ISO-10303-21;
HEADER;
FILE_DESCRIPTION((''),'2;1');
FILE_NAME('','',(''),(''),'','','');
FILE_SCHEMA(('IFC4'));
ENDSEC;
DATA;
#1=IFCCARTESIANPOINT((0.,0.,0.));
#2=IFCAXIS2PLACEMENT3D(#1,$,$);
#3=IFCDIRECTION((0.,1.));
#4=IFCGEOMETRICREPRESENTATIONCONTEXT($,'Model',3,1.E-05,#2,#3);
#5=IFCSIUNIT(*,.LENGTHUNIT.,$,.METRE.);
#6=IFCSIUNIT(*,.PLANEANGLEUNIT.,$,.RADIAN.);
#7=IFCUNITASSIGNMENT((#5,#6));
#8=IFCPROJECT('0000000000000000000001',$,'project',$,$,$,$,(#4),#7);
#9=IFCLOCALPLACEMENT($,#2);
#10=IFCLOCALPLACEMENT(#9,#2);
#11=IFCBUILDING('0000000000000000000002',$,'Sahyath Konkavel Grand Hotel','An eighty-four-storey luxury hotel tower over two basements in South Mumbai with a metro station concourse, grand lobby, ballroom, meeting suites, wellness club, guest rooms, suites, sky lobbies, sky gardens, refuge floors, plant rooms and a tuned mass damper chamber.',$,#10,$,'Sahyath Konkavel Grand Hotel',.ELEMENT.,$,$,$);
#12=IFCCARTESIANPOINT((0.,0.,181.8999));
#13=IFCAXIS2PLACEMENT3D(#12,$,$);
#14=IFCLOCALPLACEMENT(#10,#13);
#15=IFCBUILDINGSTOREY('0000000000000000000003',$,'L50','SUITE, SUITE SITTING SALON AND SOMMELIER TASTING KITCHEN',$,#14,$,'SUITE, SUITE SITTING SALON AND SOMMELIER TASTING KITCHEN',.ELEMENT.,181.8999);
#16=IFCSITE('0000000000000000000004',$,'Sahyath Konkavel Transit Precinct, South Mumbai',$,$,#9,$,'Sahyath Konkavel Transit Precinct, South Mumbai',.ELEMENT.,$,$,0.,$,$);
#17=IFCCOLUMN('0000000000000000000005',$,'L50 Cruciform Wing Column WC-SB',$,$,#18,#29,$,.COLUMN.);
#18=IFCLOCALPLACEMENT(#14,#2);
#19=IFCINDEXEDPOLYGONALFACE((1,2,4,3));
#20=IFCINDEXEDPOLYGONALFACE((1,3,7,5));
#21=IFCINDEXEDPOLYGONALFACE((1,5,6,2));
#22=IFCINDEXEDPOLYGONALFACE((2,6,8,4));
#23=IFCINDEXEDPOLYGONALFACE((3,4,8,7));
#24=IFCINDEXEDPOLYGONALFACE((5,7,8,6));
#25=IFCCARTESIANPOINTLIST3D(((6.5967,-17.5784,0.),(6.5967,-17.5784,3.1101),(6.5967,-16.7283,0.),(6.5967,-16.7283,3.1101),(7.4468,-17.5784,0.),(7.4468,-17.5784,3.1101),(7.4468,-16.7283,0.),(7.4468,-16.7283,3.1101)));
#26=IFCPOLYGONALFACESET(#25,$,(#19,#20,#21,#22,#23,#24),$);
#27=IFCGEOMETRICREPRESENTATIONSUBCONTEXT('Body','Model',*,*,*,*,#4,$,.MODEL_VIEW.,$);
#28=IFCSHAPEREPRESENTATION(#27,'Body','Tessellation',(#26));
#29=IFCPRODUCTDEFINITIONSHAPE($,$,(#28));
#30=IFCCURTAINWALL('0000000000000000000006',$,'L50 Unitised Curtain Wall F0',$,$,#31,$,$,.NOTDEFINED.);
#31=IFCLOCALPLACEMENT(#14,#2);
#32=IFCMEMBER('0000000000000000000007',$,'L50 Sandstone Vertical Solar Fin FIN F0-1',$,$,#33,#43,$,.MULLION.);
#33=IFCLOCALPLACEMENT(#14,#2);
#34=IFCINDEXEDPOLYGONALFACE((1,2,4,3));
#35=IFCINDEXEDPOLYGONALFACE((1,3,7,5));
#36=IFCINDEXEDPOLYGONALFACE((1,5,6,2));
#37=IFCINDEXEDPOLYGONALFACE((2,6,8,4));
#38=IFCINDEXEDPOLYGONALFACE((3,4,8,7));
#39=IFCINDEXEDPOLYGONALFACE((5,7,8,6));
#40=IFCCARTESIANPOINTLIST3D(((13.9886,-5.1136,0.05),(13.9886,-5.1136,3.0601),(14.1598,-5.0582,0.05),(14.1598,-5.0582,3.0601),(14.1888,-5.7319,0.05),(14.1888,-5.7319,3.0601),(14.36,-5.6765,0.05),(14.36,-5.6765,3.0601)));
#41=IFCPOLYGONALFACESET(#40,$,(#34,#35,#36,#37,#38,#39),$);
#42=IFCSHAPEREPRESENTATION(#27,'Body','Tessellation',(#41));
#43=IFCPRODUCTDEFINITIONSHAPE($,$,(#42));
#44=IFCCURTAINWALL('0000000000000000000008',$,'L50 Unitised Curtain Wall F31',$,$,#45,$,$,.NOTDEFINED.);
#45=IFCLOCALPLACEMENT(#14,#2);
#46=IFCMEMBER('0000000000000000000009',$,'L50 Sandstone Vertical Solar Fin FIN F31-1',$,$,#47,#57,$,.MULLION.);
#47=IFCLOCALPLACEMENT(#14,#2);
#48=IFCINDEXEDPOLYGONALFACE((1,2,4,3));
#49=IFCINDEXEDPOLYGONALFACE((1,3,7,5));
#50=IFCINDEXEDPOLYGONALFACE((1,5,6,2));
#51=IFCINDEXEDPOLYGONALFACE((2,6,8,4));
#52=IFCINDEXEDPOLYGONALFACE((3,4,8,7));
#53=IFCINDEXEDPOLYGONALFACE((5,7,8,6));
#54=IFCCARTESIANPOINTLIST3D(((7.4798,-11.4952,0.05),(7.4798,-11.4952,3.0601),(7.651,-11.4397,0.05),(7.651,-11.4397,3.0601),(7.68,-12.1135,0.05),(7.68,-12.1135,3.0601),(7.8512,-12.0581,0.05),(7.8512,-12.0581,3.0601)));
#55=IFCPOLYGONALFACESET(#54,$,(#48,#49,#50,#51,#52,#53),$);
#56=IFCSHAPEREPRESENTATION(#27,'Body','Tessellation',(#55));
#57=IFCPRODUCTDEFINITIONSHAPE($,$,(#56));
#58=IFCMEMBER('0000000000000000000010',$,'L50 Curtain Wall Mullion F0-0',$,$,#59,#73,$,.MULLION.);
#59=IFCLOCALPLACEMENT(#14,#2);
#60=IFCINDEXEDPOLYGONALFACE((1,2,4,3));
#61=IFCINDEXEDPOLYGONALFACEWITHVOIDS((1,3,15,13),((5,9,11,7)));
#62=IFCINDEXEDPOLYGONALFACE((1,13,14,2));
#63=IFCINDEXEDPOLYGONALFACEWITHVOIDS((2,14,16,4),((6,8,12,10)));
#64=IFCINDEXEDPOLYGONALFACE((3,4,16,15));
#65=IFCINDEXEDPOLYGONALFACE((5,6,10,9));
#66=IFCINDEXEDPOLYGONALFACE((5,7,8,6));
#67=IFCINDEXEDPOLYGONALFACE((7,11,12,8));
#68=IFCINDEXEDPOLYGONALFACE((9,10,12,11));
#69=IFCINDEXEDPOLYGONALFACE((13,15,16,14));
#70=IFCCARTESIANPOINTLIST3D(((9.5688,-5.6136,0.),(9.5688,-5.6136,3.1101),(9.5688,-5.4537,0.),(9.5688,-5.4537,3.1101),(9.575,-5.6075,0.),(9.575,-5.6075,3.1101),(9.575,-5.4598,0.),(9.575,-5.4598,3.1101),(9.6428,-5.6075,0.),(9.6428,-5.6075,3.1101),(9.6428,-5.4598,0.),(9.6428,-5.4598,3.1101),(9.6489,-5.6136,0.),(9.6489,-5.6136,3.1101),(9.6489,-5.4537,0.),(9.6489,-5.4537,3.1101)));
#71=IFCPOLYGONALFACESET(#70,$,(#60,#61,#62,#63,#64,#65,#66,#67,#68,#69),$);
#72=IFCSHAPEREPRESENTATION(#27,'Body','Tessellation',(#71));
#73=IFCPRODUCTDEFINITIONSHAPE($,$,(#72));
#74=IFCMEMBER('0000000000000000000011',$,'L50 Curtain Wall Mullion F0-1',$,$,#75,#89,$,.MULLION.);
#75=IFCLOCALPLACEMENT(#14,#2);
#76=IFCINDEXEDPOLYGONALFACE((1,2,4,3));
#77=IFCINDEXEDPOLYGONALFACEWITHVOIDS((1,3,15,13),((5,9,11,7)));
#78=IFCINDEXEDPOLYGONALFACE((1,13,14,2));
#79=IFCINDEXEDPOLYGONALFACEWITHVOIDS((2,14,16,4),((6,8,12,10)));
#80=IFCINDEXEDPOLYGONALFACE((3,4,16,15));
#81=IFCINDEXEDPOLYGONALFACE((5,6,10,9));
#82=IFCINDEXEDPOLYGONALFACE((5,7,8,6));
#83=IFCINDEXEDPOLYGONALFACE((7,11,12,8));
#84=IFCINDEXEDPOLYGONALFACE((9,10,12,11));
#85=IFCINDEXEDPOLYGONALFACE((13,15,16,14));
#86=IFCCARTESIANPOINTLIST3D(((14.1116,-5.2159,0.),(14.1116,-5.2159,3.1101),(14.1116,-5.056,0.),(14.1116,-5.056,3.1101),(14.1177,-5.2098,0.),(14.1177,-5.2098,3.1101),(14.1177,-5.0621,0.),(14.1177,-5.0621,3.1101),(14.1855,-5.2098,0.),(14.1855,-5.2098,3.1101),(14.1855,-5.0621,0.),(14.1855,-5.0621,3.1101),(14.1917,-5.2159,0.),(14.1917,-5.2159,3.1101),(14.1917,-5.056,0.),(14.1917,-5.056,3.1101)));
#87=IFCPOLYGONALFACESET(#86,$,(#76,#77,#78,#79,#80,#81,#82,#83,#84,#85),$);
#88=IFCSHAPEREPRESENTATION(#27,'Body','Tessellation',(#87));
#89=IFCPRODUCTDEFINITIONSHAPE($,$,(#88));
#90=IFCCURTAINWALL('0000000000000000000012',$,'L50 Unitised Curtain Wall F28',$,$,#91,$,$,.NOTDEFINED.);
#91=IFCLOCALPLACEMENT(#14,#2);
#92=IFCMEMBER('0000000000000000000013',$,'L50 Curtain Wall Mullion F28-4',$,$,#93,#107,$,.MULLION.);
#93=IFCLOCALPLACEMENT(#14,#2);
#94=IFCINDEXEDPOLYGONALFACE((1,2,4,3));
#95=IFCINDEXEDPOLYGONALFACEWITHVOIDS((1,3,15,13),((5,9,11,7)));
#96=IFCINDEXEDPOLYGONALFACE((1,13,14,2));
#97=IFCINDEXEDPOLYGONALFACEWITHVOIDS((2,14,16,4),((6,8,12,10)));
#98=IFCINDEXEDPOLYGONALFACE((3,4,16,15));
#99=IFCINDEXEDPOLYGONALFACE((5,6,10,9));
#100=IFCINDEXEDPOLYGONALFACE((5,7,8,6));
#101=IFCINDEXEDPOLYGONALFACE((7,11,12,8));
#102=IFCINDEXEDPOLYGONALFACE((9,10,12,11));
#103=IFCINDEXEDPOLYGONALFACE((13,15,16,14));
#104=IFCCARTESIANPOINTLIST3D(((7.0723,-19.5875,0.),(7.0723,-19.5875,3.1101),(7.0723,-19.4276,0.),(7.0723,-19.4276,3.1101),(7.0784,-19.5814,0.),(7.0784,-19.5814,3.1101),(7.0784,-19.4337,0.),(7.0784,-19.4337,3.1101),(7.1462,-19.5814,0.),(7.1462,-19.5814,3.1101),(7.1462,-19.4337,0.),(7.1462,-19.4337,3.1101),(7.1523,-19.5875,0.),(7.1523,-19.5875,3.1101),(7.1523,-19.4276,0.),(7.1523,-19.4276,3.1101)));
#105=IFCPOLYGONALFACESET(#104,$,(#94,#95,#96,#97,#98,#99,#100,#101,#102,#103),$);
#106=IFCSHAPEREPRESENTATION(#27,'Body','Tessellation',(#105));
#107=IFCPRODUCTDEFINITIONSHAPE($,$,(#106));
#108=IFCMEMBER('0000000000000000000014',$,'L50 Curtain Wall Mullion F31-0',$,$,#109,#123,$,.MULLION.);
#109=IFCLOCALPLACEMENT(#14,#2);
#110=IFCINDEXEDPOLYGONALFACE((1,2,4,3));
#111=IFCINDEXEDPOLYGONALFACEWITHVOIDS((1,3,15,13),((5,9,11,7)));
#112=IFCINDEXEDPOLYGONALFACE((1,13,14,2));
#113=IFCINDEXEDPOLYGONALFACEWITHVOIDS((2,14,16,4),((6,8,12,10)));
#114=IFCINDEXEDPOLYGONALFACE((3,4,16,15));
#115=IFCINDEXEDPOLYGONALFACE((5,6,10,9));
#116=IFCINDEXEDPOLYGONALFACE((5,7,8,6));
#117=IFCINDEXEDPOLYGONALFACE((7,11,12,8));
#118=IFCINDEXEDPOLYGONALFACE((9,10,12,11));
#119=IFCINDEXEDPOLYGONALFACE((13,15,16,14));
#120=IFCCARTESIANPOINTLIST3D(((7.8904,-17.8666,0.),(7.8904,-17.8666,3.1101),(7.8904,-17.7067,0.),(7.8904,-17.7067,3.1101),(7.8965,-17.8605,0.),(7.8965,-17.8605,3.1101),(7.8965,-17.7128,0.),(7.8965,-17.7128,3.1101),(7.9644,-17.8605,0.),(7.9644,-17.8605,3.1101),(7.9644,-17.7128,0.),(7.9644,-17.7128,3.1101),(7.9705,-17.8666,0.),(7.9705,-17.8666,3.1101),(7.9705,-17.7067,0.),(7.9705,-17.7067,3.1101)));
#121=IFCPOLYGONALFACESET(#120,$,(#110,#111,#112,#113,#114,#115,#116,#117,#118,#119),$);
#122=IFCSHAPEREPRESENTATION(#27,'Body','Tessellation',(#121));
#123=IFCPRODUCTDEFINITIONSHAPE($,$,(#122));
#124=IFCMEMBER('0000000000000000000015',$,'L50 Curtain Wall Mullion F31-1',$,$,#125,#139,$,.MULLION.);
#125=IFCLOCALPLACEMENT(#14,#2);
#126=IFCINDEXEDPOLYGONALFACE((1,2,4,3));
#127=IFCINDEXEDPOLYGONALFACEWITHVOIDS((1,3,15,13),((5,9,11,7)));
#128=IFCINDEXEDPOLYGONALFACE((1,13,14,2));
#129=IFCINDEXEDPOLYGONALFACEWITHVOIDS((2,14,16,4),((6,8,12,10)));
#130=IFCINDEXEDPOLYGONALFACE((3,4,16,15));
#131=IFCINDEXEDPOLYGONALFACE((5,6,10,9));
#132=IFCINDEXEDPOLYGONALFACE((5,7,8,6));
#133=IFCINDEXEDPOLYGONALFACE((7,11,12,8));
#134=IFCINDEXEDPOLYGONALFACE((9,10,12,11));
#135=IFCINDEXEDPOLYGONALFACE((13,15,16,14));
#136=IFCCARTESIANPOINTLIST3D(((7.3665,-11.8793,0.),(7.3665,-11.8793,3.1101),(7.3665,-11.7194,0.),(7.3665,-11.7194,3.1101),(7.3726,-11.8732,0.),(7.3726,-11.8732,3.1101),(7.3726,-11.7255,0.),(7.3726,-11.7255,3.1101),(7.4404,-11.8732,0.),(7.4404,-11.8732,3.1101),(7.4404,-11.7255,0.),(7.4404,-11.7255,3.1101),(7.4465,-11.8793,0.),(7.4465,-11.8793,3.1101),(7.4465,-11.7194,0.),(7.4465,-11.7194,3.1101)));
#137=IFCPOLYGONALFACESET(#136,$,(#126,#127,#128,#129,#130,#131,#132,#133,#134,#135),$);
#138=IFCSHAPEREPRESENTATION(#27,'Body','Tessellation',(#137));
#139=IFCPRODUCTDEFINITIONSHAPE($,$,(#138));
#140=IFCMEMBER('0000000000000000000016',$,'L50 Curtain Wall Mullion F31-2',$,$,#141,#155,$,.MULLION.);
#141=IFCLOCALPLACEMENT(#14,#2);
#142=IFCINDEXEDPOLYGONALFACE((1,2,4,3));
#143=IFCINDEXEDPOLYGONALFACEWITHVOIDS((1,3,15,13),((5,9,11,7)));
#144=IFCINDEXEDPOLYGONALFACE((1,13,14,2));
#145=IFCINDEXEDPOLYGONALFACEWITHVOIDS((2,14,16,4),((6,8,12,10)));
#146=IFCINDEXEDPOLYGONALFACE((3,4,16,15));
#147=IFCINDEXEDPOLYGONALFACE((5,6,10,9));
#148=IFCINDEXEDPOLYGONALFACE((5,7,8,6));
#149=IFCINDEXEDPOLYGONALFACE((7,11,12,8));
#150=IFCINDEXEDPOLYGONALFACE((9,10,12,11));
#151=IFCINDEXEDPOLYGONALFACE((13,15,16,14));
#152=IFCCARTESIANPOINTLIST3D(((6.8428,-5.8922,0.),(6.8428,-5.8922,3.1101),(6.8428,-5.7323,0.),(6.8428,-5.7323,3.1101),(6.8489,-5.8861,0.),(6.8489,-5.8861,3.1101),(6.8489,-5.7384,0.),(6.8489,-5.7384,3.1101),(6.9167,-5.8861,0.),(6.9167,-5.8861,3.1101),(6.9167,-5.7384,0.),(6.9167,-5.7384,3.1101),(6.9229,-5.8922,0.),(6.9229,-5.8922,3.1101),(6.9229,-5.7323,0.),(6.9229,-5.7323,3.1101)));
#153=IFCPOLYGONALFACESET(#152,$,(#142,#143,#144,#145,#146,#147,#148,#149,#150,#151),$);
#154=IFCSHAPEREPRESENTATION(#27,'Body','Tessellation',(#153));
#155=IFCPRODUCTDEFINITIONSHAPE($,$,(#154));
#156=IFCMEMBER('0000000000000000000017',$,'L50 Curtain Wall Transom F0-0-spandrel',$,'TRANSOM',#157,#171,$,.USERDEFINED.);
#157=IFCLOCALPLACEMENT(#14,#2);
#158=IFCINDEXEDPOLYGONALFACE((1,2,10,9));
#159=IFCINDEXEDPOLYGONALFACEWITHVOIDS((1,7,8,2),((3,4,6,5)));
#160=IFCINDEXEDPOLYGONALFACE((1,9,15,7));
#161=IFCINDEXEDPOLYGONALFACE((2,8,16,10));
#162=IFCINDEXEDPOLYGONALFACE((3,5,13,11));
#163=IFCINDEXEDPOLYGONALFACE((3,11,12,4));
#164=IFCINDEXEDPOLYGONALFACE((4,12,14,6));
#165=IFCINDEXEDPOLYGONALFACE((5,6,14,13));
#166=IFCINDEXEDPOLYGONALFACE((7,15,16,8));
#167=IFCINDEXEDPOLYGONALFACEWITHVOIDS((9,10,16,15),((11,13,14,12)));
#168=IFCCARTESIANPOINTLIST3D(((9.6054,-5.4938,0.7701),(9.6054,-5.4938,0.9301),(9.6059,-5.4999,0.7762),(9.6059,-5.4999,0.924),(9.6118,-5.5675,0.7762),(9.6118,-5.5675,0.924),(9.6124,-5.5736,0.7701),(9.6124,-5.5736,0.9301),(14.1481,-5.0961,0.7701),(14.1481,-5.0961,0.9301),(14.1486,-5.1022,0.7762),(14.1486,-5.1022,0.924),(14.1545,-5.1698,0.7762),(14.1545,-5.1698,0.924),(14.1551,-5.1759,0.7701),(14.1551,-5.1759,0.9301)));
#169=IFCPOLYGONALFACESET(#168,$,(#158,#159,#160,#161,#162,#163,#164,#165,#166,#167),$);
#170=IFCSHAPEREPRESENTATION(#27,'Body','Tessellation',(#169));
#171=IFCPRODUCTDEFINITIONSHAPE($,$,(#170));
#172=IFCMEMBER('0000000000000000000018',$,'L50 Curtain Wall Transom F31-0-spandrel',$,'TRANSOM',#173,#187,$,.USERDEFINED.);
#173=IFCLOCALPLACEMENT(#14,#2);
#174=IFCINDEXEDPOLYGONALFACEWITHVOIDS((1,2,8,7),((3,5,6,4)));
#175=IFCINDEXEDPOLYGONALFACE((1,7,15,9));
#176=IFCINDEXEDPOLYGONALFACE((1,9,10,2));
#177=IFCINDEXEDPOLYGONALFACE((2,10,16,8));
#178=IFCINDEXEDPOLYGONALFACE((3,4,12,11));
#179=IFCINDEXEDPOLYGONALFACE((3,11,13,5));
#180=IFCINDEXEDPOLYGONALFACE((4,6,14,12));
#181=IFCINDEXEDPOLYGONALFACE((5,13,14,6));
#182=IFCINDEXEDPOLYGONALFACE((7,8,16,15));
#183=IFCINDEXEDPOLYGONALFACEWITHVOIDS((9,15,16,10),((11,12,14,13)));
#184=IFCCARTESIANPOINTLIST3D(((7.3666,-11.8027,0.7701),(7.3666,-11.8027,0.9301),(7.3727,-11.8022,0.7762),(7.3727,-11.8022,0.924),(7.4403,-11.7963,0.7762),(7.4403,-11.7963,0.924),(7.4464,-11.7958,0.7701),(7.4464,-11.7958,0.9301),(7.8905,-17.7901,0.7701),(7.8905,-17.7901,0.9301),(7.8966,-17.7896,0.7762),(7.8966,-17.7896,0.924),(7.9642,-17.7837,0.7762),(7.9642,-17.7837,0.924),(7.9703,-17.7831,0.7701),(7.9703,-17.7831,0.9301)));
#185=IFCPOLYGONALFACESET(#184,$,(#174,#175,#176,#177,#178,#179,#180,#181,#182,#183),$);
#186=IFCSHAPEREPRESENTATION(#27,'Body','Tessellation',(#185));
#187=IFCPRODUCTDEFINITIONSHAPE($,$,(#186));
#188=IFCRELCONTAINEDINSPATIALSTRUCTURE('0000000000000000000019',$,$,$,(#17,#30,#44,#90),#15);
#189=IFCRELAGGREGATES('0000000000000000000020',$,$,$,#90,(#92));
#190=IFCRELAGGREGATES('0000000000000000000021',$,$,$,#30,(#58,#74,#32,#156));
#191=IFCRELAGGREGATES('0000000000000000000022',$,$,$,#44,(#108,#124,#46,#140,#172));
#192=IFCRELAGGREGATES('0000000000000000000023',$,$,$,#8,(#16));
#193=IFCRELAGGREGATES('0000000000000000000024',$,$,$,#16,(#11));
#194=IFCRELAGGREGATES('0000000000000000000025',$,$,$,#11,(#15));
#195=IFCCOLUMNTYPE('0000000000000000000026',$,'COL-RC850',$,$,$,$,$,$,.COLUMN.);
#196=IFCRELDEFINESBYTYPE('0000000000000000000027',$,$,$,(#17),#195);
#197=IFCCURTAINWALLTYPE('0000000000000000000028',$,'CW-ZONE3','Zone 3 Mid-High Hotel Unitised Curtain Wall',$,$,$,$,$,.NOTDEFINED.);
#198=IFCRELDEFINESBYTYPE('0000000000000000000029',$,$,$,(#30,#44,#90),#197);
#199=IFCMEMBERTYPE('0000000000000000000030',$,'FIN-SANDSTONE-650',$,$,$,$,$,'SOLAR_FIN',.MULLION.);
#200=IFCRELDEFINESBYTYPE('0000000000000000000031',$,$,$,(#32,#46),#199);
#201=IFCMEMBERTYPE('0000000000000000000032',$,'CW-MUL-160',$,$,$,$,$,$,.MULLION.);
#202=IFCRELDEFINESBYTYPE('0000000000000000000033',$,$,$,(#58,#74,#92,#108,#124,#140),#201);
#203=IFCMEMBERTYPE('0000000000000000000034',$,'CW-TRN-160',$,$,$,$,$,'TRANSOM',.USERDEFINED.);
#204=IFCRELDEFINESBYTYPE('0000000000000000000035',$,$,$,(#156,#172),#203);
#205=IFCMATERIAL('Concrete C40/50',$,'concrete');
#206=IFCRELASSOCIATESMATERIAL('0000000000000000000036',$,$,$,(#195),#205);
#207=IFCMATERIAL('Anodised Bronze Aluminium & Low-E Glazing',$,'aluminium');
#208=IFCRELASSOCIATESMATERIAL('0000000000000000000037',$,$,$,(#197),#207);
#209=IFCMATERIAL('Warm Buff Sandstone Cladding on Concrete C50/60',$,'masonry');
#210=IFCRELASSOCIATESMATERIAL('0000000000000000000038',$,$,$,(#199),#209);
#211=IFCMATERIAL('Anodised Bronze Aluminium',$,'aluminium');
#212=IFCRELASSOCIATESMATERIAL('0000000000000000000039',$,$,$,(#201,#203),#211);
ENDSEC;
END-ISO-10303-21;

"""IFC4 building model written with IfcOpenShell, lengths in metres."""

from ifc_helpers import new_model, si_unit, direction, frame, origin, origin_2d, place, context, subcontext, project, spatial, rectangle, hollow_rectangle, extrude, source, transform, mapped, material, material_profile, profile_set, type_object, element, aggregate, save


model = new_model("IFC4")

# Units and contexts
model_context = context("Model", 3, precision=1e-05, world=origin(), true_north=direction((0.0, 1.0)))
body_context = subcontext(model_context, "Body", "Model", "MODEL_VIEW")
ifc_project = project(units=[si_unit("LENGTHUNIT", "METRE"), si_unit("PLANEANGLEUNIT", "RADIAN")], contexts=[model_context])

# Site, building, storey
site_placement = place(None, origin())
site = spatial("IfcSite", under=ifc_project, at=site_placement, Name="Sahyath Konkavel Transit Precinct, South Mumbai", LongName="Sahyath Konkavel Transit Precinct, South Mumbai", CompositionType="ELEMENT", RefElevation=0.0)
building_placement = place(site_placement, origin())
building = spatial("IfcBuilding", under=site, at=building_placement, Name="Sahyath Konkavel Grand Hotel", Description="An eighty-four-storey luxury hotel tower over two basements in South Mumbai with a metro station concourse, grand lobby, ballroom, meeting suites, wellness club, guest rooms, suites, sky lobbies, sky gardens, refuge floors, plant rooms and a tuned mass damper chamber.", LongName="Sahyath Konkavel Grand Hotel", CompositionType="ELEMENT")
storey_placement = place(building_placement, frame((0.0, 0.0, 181.8999)))
storey = spatial("IfcBuildingStorey", under=building, at=storey_placement, Name="L50", Description="SUITE, SUITE SITTING SALON AND SOMMELIER TASTING KITCHEN", LongName="SUITE, SUITE SITTING SALON AND SOMMELIER TASTING KITCHEN", CompositionType="ELEMENT", Elevation=181.8999)

# Column
ifc_material_1 = material(Name="Concrete C40/50", Category="concrete")
ifc_material_profile_1 = material_profile(ifc_material_1, rectangle(XDim=0.8501, YDim=0.8501, at=origin_2d()), Name="RC 850x850")
ifc_profile_set_1 = profile_set([ifc_material_profile_1], Name="Concrete C40/50")
column_type = type_object("IfcColumnType", Name="COL-RC850", PredefinedType="COLUMN", material=ifc_profile_set_1)
shared_shape_1 = source(origin(), body_context, "Body", "SweptSolid", [
    extrude(rectangle(XDim=0.8501, YDim=0.8501, at=origin_2d()), origin(), (0.0, 0.0, 1.0), 3.1101),
])
column_placement = place(storey_placement, frame((7.0217, -17.1533, 0.0), z_axis=(0.0, 0.0, 1.0), x_axis=(1.0, 0.0, 0.0)))
element("IfcColumn", 1, at=column_placement, inside=storey, type_object=column_type, Name="L50 Cruciform Wing Column WC-SB", PredefinedType="COLUMN", context=body_context, shape_type="MappedRepresentation", body=[
    mapped(shared_shape_1, transform((0.0, 0.0, 0.0), scale=1.0)),
])

# Curtain walls, members
ifc_material_2 = material(Name="Anodised Bronze Aluminium & Low-E Glazing", Category="aluminium")
curtain_wall_type = type_object("IfcCurtainWallType", Name="CW-ZONE3", Description="Zone 3 Mid-High Hotel Unitised Curtain Wall", PredefinedType="NOTDEFINED", material=ifc_material_2)
curtain_wall_1_placement = place(storey_placement, origin())
curtain_wall_1 = element("IfcCurtainWall", 2, at=curtain_wall_1_placement, inside=storey, type_object=curtain_wall_type, Name="L50 Unitised Curtain Wall F0", PredefinedType="NOTDEFINED")
ifc_material_3 = material(Name="Warm Buff Sandstone Cladding on Concrete C50/60", Category="masonry")
ifc_material_profile_2 = material_profile(ifc_material_3, rectangle(XDim=0.1799, YDim=0.6499, at=origin_2d()), Name="FIN 180x650")
ifc_profile_set_2 = profile_set([ifc_material_profile_2], Name="Warm Buff Sandstone Cladding on Concrete C50/60")
member_type_1 = type_object("IfcMemberType", Name="FIN-SANDSTONE-650", ElementType="SOLAR_FIN", PredefinedType="MULLION", material=ifc_profile_set_2)
shared_shape_2 = source(origin(), body_context, "Body", "SweptSolid", [
    extrude(rectangle(XDim=0.1799, YDim=0.6499, at=origin_2d()), origin(), (0.0, 0.0, 1.0), 3.01),
])
member_1_placement = place(storey_placement, frame((14.1743, -5.395, 0.05), z_axis=(0.0, 0.0, 1.0), x_axis=(0.95138, 0.308021, 0.0)))
member_1 = element("IfcMember", 3, at=member_1_placement, type_object=member_type_1, Name="L50 Sandstone Vertical Solar Fin FIN F0-1", PredefinedType="MULLION", context=body_context, shape_type="MappedRepresentation", body=[
    mapped(shared_shape_2, transform((0.0, 0.0, 0.0), scale=1.0)),
])
curtain_wall_2_placement = place(storey_placement, origin())
curtain_wall_2 = element("IfcCurtainWall", 4, at=curtain_wall_2_placement, inside=storey, type_object=curtain_wall_type, Name="L50 Unitised Curtain Wall F31", PredefinedType="NOTDEFINED")
member_2_placement = place(storey_placement, frame((7.6655, -11.7766, 0.05), z_axis=(0.0, 0.0, 1.0), x_axis=(0.95138, 0.308021, 0.0)))
member_2 = element("IfcMember", 5, at=member_2_placement, type_object=member_type_1, Name="L50 Sandstone Vertical Solar Fin FIN F31-1", PredefinedType="MULLION", context=body_context, shape_type="MappedRepresentation", body=[
    mapped(shared_shape_2, transform((0.0, 0.0, 0.0), scale=1.0)),
])

# Members
ifc_material_4 = material(Name="Anodised Bronze Aluminium", Category="aluminium")
ifc_material_profile_3 = material_profile(ifc_material_4, hollow_rectangle(XDim=0.0801, YDim=0.1599, WallThickness=0.0061, at=origin_2d()), Name="RHS 160x80x6")
ifc_profile_set_3 = profile_set([ifc_material_profile_3], Name="Anodised Bronze Aluminium")
member_type_2 = type_object("IfcMemberType", Name="CW-MUL-160", PredefinedType="MULLION", material=ifc_profile_set_3)
shared_shape_3 = source(origin(), body_context, "Body", "SweptSolid", [
    extrude(hollow_rectangle(XDim=0.0801, YDim=0.1599, WallThickness=0.0061, at=origin_2d()), origin(), (0.0, 0.0, 1.0), 3.1101),
])
member_3_placement = place(storey_placement, frame((9.6089, -5.5337, 0.0), z_axis=(0.0, 0.0, 1.0), x_axis=(1.0, 0.0, 0.0)))
member_3 = element("IfcMember", 6, at=member_3_placement, type_object=member_type_2, Name="L50 Curtain Wall Mullion F0-0", PredefinedType="MULLION", context=body_context, shape_type="MappedRepresentation", body=[
    mapped(shared_shape_3, transform((0.0, 0.0, 0.0), scale=1.0)),
])
member_4_placement = place(storey_placement, frame((14.1516, -5.136, 0.0), z_axis=(0.0, 0.0, 1.0), x_axis=(1.0, 0.0, 0.0)))
member_4 = element("IfcMember", 7, at=member_4_placement, type_object=member_type_2, Name="L50 Curtain Wall Mullion F0-1", PredefinedType="MULLION", context=body_context, shape_type="MappedRepresentation", body=[
    mapped(shared_shape_3, transform((0.0, 0.0, 0.0), scale=1.0)),
])

# Curtain wall, member
curtain_wall_3_placement = place(storey_placement, origin())
curtain_wall_3 = element("IfcCurtainWall", 8, at=curtain_wall_3_placement, inside=storey, type_object=curtain_wall_type, Name="L50 Unitised Curtain Wall F28", PredefinedType="NOTDEFINED")
member_5_placement = place(storey_placement, frame((7.1123, -19.5076, 0.0), z_axis=(0.0, 0.0, 1.0), x_axis=(1.0, 0.0, 0.0)))
member_5 = element("IfcMember", 9, at=member_5_placement, type_object=member_type_2, Name="L50 Curtain Wall Mullion F28-4", PredefinedType="MULLION", context=body_context, shape_type="MappedRepresentation", body=[
    mapped(shared_shape_3, transform((0.0, 0.0, 0.0), scale=1.0)),
])
aggregate(curtain_wall_3, [member_5])

# Members
member_6_placement = place(storey_placement, frame((7.9304, -17.7866, 0.0), z_axis=(0.0, 0.0, 1.0), x_axis=(1.0, 0.0, 0.0)))
member_6 = element("IfcMember", 10, at=member_6_placement, type_object=member_type_2, Name="L50 Curtain Wall Mullion F31-0", PredefinedType="MULLION", context=body_context, shape_type="MappedRepresentation", body=[
    mapped(shared_shape_3, transform((0.0, 0.0, 0.0), scale=1.0)),
])
member_7_placement = place(storey_placement, frame((7.4065, -11.7993, 0.0), z_axis=(0.0, 0.0, 1.0), x_axis=(1.0, 0.0, 0.0)))
member_7 = element("IfcMember", 11, at=member_7_placement, type_object=member_type_2, Name="L50 Curtain Wall Mullion F31-1", PredefinedType="MULLION", context=body_context, shape_type="MappedRepresentation", body=[
    mapped(shared_shape_3, transform((0.0, 0.0, 0.0), scale=1.0)),
])
member_8_placement = place(storey_placement, frame((6.8828, -5.8123, 0.0), z_axis=(0.0, 0.0, 1.0), x_axis=(1.0, 0.0, 0.0)))
member_8 = element("IfcMember", 12, at=member_8_placement, type_object=member_type_2, Name="L50 Curtain Wall Mullion F31-2", PredefinedType="MULLION", context=body_context, shape_type="MappedRepresentation", body=[
    mapped(shared_shape_3, transform((0.0, 0.0, 0.0), scale=1.0)),
])
ifc_material_profile_4 = material_profile(ifc_material_4, hollow_rectangle(XDim=0.0801, YDim=0.1599, WallThickness=0.0061, at=origin_2d()), Name="RHS 160x80x6")
ifc_profile_set_4 = profile_set([ifc_material_profile_4], Name="Anodised Bronze Aluminium")
member_type_3 = type_object("IfcMemberType", Name="CW-TRN-160", ElementType="TRANSOM", PredefinedType="USERDEFINED", material=ifc_profile_set_4)
shared_shape_4 = source(origin(), body_context, "Body", "SweptSolid", [
    extrude(hollow_rectangle(XDim=0.0801, YDim=0.1599, WallThickness=0.0061, at=origin_2d()), origin(), (0.0, 0.0, 1.0), 4.5601),
])
member_9_placement = place(storey_placement, frame((9.6089, -5.5337, 0.8501), z_axis=(0.99619, 0.087214, 0.0), x_axis=(-0.087214, 0.99619, 0.0)))
member_9 = element("IfcMember", 13, at=member_9_placement, type_object=member_type_3, Name="L50 Curtain Wall Transom F0-0-spandrel", ObjectType="TRANSOM", PredefinedType="USERDEFINED", context=body_context, shape_type="MappedRepresentation", body=[
    mapped(shared_shape_4, transform((0.0, 0.0, 0.0), scale=1.0)),
])
shared_shape_5 = source(origin(), body_context, "Body", "SweptSolid", [
    extrude(hollow_rectangle(XDim=0.0801, YDim=0.1599, WallThickness=0.0061, at=origin_2d()), origin(), (0.0, 0.0, 1.0), 6.0103),
])
member_10_placement = place(storey_placement, frame((7.9304, -17.7866, 0.8501), z_axis=(-0.087173, 0.996193, 0.0), x_axis=(-0.996193, -0.087173, 0.0)))
member_10 = element("IfcMember", 14, at=member_10_placement, type_object=member_type_3, Name="L50 Curtain Wall Transom F31-0-spandrel", ObjectType="TRANSOM", PredefinedType="USERDEFINED", context=body_context, shape_type="MappedRepresentation", body=[
    mapped(shared_shape_5, transform((0.0, 0.0, 0.0), scale=1.0)),
])

aggregate(curtain_wall_1, [member_3, member_4, member_1, member_9])
aggregate(curtain_wall_2, [member_6, member_7, member_2, member_8, member_10])

save(model, "model.ifc")
